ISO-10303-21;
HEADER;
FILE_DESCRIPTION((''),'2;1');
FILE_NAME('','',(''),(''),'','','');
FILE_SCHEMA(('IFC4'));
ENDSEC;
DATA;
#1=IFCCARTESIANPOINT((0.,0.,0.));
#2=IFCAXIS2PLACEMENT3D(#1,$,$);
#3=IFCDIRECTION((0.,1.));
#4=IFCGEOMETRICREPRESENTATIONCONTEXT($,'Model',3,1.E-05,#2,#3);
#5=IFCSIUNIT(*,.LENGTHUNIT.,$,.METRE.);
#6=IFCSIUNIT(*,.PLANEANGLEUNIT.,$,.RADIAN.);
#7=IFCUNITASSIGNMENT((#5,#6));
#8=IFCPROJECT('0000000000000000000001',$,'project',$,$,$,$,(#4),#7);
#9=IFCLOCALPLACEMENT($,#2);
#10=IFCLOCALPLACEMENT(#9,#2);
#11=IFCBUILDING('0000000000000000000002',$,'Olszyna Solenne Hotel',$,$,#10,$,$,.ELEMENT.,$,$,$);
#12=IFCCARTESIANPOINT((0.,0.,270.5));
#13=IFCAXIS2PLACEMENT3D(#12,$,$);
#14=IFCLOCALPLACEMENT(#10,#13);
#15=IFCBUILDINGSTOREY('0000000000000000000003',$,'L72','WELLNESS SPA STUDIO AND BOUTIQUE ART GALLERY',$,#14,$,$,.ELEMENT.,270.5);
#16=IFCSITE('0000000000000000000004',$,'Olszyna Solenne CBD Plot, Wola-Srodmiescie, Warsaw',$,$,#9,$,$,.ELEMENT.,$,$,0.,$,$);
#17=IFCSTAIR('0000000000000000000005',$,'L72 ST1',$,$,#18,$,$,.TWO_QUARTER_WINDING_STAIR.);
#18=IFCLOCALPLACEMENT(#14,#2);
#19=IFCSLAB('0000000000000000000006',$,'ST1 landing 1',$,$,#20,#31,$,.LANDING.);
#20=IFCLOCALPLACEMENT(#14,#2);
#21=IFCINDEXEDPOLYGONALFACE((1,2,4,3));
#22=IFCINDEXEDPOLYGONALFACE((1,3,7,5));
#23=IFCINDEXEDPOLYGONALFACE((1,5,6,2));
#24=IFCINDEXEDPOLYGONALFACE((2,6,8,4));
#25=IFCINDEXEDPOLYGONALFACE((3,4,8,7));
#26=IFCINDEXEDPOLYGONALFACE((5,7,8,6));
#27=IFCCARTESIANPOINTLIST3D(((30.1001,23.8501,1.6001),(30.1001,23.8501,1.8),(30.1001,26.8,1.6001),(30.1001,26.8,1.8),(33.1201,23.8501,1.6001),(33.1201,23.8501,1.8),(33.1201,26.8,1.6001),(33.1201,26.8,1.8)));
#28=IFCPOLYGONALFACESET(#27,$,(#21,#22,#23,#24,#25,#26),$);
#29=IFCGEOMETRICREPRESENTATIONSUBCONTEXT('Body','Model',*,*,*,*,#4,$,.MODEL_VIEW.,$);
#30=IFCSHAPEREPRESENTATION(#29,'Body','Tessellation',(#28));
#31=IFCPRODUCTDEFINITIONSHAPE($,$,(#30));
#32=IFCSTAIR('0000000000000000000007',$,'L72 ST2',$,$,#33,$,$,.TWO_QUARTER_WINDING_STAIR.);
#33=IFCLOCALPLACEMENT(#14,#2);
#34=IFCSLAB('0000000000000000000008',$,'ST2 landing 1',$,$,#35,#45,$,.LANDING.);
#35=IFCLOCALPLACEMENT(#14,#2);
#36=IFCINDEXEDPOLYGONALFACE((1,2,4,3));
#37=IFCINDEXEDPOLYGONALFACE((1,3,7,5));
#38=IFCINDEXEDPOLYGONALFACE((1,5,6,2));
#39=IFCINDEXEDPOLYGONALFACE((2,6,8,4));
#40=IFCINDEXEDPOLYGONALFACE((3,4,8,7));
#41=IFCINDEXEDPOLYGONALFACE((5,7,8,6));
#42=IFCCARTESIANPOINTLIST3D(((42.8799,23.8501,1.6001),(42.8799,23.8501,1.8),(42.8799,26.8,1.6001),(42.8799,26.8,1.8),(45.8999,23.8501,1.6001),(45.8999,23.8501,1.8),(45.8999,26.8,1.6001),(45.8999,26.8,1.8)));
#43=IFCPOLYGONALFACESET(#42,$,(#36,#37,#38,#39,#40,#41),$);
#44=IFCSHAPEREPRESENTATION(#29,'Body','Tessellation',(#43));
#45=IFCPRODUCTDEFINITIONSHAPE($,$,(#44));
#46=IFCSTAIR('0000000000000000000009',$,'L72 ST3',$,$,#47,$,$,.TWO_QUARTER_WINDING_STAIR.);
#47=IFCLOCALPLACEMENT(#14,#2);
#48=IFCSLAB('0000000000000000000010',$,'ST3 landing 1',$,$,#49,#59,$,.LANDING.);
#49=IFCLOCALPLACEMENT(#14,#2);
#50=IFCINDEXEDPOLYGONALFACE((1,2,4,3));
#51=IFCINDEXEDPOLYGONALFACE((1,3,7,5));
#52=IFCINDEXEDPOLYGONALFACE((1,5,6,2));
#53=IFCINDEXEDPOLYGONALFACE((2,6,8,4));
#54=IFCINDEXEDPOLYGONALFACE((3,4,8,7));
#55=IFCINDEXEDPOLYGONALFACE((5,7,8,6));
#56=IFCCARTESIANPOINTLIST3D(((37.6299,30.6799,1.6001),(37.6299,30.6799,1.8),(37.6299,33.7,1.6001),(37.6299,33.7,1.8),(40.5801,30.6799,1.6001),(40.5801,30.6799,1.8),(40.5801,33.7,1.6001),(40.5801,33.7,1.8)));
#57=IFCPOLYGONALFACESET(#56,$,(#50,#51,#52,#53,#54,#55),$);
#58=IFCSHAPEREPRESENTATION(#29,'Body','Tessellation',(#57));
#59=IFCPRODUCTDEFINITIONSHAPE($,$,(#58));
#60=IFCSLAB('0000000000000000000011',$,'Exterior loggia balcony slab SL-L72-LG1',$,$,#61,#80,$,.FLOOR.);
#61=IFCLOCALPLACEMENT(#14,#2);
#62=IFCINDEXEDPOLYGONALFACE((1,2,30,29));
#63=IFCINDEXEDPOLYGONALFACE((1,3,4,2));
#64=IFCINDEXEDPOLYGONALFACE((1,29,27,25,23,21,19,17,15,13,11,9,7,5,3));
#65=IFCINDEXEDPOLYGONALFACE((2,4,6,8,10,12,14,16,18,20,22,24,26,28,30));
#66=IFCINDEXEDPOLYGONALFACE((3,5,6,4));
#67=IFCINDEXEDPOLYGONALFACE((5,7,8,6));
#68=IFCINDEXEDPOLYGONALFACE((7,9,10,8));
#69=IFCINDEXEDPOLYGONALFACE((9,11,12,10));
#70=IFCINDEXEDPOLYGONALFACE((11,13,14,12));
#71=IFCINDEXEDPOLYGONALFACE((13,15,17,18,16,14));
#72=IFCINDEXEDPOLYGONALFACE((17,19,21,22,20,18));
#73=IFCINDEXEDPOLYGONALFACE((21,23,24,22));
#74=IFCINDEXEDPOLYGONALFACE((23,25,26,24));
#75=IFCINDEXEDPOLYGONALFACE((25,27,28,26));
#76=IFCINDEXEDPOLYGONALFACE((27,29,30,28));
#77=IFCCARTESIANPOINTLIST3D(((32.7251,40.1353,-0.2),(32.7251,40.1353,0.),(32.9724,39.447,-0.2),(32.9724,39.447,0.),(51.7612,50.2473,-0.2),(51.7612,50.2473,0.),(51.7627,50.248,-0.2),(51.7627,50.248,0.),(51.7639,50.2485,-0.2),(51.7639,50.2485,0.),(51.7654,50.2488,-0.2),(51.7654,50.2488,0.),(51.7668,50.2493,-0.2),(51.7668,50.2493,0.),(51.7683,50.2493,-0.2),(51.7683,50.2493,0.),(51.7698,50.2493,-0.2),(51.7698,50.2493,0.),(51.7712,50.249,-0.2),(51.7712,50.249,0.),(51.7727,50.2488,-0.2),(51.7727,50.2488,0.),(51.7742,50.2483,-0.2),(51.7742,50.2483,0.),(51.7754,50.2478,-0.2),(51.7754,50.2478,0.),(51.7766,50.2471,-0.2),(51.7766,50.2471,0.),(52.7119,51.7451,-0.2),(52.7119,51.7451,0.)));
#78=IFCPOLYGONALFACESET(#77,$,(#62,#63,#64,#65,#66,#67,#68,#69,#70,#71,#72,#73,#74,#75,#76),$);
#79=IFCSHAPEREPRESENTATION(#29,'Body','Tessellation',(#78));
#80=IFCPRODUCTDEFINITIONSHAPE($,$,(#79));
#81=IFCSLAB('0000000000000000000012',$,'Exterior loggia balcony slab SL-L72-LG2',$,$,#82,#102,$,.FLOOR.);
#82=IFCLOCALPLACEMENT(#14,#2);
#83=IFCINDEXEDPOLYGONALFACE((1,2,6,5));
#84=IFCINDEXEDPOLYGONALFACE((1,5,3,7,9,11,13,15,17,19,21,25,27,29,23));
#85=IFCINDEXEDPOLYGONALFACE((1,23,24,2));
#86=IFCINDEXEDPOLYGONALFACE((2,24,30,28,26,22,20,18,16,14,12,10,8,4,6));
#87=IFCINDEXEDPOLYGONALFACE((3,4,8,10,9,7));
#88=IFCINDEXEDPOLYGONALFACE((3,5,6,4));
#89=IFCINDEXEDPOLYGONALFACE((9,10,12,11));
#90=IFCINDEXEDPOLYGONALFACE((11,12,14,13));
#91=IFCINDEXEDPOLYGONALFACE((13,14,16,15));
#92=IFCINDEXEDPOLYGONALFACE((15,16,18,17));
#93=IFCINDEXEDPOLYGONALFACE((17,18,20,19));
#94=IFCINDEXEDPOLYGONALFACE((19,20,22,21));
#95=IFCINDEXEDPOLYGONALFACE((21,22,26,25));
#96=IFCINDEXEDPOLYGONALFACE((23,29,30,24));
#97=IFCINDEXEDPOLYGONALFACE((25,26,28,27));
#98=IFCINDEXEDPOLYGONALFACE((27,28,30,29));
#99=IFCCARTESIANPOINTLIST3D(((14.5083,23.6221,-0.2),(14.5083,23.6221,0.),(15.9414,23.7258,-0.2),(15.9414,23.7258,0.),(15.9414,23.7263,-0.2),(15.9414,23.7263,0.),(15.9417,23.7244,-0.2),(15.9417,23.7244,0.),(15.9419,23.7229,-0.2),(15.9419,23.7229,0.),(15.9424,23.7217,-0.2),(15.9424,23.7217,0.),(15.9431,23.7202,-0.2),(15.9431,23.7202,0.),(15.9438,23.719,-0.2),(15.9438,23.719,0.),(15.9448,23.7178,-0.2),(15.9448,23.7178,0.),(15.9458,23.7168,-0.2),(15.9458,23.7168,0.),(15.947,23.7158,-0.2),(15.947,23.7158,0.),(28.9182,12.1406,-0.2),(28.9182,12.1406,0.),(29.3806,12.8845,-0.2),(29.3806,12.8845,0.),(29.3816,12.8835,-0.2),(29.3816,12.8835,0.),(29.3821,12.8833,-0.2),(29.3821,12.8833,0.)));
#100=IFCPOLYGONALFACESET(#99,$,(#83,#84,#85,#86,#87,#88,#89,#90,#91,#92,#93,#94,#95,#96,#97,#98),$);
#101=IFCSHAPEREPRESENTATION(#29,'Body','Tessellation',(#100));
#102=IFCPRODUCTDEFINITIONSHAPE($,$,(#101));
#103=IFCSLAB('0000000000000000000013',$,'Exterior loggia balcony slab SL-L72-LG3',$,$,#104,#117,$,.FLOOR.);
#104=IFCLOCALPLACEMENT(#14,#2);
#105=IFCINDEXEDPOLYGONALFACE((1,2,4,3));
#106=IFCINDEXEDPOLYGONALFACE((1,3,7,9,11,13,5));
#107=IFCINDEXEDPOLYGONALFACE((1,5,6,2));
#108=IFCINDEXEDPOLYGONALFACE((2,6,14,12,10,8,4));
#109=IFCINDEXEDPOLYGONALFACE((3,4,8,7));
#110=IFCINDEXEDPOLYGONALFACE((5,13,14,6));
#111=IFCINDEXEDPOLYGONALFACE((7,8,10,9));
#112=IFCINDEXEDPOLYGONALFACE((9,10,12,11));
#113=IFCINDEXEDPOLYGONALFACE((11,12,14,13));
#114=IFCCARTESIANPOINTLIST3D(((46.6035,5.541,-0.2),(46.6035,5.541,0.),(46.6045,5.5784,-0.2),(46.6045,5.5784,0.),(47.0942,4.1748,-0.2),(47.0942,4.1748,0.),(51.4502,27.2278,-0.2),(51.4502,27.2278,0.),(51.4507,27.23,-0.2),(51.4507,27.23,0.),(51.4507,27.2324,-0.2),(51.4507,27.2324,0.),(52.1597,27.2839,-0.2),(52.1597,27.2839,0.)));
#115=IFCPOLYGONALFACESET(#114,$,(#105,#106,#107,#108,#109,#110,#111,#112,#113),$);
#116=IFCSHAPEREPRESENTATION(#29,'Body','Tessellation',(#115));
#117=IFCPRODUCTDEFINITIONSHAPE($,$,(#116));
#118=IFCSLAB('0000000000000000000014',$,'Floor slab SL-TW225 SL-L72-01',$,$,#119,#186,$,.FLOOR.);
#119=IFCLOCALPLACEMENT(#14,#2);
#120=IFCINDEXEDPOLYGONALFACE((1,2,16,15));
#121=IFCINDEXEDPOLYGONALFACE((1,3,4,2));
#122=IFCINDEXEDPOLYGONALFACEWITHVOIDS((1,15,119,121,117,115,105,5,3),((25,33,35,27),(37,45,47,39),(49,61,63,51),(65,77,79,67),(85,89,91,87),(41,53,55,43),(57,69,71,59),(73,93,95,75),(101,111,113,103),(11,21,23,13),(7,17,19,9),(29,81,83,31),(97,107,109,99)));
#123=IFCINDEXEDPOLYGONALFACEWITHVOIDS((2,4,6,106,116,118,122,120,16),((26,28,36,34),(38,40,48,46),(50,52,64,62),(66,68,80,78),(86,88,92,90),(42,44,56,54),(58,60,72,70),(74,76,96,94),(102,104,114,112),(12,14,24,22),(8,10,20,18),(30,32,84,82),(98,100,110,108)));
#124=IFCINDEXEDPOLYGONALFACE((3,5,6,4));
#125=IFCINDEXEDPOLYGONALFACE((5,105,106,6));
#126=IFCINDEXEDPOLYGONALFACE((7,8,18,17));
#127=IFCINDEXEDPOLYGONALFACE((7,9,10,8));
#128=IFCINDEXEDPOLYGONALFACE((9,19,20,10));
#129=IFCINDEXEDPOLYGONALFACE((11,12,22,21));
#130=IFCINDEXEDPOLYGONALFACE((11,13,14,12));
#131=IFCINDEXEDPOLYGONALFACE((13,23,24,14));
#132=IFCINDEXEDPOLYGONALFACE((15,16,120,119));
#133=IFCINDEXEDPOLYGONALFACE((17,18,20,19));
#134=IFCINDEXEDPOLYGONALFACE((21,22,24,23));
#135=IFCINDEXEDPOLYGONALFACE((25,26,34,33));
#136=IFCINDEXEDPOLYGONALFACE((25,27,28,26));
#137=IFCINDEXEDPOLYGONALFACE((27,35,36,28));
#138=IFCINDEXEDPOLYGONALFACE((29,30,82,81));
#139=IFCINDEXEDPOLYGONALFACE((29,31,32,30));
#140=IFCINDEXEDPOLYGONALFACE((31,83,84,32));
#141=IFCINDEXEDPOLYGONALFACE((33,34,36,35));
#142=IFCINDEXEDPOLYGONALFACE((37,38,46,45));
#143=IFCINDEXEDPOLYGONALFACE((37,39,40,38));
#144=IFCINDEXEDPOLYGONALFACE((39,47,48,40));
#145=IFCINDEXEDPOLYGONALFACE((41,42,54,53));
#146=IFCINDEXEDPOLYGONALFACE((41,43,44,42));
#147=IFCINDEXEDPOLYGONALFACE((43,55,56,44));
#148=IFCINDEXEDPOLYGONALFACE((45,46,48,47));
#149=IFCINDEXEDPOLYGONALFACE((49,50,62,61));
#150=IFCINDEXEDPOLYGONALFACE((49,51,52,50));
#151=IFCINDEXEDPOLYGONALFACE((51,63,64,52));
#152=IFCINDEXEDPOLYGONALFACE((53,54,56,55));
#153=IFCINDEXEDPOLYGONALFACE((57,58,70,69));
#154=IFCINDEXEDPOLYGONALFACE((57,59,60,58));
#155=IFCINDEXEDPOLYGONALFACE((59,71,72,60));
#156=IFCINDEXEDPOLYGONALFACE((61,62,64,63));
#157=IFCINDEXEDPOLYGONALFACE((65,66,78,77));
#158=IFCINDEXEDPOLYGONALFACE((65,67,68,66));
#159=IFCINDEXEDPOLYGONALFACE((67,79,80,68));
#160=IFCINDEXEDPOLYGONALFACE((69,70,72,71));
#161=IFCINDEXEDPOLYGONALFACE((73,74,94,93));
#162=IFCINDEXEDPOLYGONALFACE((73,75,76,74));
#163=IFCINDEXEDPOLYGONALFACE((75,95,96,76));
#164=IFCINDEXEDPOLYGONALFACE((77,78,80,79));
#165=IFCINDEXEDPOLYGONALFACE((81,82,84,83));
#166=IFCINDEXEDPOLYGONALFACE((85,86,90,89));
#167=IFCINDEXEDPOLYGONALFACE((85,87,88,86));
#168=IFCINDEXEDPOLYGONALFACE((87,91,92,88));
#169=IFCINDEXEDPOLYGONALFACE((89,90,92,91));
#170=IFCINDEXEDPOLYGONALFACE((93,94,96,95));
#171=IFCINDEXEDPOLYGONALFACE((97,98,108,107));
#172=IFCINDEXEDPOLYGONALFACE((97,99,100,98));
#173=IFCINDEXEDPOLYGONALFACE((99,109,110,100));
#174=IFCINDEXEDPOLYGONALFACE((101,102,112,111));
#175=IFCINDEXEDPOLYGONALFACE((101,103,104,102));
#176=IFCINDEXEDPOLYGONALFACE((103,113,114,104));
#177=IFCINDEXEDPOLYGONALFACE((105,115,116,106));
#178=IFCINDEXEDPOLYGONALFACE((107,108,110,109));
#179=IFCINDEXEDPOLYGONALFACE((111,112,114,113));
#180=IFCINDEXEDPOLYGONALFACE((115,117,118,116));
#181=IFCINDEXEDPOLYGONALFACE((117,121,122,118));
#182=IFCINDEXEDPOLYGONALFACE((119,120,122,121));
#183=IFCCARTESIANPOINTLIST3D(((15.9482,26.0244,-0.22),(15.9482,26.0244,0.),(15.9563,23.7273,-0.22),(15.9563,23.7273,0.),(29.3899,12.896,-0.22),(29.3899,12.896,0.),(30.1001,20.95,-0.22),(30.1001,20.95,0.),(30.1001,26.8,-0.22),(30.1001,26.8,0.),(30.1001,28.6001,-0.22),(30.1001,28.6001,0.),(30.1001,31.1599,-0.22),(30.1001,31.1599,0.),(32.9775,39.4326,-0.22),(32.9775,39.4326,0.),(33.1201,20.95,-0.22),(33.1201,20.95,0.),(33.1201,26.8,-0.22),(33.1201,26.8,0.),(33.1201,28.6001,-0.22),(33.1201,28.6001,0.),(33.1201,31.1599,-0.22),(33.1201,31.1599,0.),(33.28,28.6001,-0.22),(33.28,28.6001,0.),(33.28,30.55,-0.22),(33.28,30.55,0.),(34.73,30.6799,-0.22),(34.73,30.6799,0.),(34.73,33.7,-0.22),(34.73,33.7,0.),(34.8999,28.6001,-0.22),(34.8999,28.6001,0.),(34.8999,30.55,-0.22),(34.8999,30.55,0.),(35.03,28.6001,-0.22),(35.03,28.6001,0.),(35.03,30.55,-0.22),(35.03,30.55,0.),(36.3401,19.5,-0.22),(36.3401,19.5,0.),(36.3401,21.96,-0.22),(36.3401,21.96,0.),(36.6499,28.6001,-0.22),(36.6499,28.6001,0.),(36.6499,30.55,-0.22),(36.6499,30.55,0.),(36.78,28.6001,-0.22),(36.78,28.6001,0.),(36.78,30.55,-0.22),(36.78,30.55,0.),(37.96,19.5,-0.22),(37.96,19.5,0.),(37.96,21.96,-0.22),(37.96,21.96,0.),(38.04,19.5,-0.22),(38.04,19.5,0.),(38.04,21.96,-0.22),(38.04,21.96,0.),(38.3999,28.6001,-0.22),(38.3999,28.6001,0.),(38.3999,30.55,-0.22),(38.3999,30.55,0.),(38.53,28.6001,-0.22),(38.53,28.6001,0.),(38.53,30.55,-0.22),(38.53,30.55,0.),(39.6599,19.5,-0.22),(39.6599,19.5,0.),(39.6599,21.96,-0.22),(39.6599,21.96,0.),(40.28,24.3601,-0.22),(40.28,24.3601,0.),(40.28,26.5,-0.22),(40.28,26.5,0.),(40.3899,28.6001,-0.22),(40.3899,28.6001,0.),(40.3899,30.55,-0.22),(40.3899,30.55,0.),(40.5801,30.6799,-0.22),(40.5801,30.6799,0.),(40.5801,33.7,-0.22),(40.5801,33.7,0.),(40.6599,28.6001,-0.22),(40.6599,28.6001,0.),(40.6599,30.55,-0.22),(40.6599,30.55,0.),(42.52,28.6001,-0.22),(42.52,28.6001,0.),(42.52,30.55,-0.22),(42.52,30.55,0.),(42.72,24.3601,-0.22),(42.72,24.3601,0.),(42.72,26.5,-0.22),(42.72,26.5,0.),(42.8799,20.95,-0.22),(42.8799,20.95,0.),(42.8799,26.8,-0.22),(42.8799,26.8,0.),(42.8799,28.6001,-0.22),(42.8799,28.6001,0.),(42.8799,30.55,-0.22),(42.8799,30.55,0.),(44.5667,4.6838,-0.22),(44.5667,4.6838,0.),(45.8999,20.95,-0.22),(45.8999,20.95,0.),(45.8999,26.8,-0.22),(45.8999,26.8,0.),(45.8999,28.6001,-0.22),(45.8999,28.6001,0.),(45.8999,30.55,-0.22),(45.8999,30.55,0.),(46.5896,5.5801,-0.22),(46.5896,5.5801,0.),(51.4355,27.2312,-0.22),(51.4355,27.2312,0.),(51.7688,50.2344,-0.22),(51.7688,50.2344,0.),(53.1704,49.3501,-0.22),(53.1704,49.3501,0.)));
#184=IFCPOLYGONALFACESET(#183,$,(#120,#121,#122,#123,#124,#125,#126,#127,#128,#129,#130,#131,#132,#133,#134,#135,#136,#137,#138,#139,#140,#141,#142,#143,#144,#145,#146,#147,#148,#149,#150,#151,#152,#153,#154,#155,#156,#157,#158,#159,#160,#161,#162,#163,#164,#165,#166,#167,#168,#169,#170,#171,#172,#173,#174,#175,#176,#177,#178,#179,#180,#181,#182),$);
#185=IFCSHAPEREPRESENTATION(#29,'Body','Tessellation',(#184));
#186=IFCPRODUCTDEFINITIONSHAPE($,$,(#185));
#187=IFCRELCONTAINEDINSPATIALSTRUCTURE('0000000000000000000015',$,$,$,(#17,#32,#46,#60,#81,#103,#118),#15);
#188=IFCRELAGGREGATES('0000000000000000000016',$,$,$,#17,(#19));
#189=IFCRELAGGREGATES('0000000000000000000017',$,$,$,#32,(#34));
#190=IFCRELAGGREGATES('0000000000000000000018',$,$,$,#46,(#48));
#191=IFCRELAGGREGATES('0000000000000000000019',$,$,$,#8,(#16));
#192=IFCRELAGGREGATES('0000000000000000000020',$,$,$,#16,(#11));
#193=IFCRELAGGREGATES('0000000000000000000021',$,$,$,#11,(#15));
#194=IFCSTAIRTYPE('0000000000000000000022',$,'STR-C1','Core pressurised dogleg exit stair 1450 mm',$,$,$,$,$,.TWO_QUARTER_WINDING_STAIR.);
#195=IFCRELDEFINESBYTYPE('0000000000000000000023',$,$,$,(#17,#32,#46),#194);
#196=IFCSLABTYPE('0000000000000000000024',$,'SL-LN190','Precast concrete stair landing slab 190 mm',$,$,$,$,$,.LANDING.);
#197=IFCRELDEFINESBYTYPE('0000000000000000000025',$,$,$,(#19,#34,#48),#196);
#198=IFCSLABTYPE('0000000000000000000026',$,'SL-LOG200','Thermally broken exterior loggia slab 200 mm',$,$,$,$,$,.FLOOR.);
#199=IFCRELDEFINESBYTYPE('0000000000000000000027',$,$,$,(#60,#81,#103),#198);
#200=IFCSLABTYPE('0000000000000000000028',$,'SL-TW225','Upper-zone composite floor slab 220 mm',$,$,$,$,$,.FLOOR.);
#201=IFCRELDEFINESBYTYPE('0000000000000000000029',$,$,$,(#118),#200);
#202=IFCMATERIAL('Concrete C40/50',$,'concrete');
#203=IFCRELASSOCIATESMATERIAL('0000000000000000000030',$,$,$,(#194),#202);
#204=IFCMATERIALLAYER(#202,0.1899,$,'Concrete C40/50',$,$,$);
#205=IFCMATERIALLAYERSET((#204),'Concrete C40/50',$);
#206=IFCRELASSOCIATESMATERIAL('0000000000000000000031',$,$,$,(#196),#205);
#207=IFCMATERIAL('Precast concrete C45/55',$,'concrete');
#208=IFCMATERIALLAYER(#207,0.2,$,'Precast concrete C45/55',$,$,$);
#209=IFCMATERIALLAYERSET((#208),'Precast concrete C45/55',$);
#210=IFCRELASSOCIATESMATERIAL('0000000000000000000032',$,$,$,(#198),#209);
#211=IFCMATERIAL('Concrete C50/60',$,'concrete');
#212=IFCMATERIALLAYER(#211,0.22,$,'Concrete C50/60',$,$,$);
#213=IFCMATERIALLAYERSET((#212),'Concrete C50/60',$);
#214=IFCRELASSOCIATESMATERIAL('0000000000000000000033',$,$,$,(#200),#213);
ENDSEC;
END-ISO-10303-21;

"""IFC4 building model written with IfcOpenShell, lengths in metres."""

from ifc_helpers import new_model, si_unit, direction, frame, origin, place, context, subcontext, project, spatial, polyline, outline, extrude, material, layer, layer_set, type_object, element, aggregate, save


model = new_model("IFC4")

# Units and contexts
model_context = context("Model", 3, precision=1e-05, world=origin(), true_north=direction((0.0, 1.0)))
body_context = subcontext(model_context, "Body", "Model", "MODEL_VIEW")
ifc_project = project(units=[si_unit("LENGTHUNIT", "METRE"), si_unit("PLANEANGLEUNIT", "RADIAN")], contexts=[model_context])

# Site, building, storey
site_placement = place(None, origin())
site = spatial("IfcSite", under=ifc_project, at=site_placement, Name="Olszyna Solenne CBD Plot, Wola-Srodmiescie, Warsaw", CompositionType="ELEMENT", RefElevation=0.0)
building_placement = place(site_placement, origin())
building = spatial("IfcBuilding", under=site, at=building_placement, Name="Olszyna Solenne Hotel", CompositionType="ELEMENT")
storey_placement = place(building_placement, frame((0.0, 0.0, 270.5)))
storey = spatial("IfcBuildingStorey", under=building, at=storey_placement, Name="L72", Description="WELLNESS SPA STUDIO AND BOUTIQUE ART GALLERY", CompositionType="ELEMENT", Elevation=270.5)

# Stairs, slabs
ifc_material_1 = material(Name="Concrete C40/50", Category="concrete")
stair_type = type_object("IfcStairType", Name="STR-C1", Description="Core pressurised dogleg exit stair 1450 mm", PredefinedType="TWO_QUARTER_WINDING_STAIR", material=ifc_material_1)
stair_1_placement = place(storey_placement, origin())
stair_1 = element("IfcStair", 1, at=stair_1_placement, inside=storey, type_object=stair_type, Name="L72 ST1", PredefinedType="TWO_QUARTER_WINDING_STAIR")
ifc_layer_1 = layer(ifc_material_1, 0.1899, Name="Concrete C40/50")
ifc_layer_set_1 = layer_set([ifc_layer_1], Name="Concrete C40/50")
slab_type_1 = type_object("IfcSlabType", Name="SL-LN190", Description="Precast concrete stair landing slab 190 mm", PredefinedType="LANDING", material=ifc_layer_set_1)
slab_1_placement = place(storey_placement, frame((0.0, 0.0, 1.6001)))
slab_1 = element("IfcSlab", 2, at=slab_1_placement, type_object=slab_type_1, Name="ST1 landing 1", PredefinedType="LANDING", context=body_context, shape_type="SweptSolid", body=[
    extrude(outline(polyline([(33.1201, 23.8501), (33.1201, 26.8), (30.1001, 26.8), (30.1001, 23.8501), (33.1201, 23.8501)])), origin(), (0.0, 0.0, 1.0), 0.2),
])
aggregate(stair_1, [slab_1])
stair_2_placement = place(storey_placement, origin())
stair_2 = element("IfcStair", 3, at=stair_2_placement, inside=storey, type_object=stair_type, Name="L72 ST2", PredefinedType="TWO_QUARTER_WINDING_STAIR")
slab_2_placement = place(storey_placement, frame((0.0, 0.0, 1.6001)))
slab_2 = element("IfcSlab", 4, at=slab_2_placement, type_object=slab_type_1, Name="ST2 landing 1", PredefinedType="LANDING", context=body_context, shape_type="SweptSolid", body=[
    extrude(outline(polyline([(45.8999, 23.8501), (45.8999, 26.8), (42.8799, 26.8), (42.8799, 23.8501), (45.8999, 23.8501)])), origin(), (0.0, 0.0, 1.0), 0.2),
])
aggregate(stair_2, [slab_2])
stair_3_placement = place(storey_placement, origin())
stair_3 = element("IfcStair", 5, at=stair_3_placement, inside=storey, type_object=stair_type, Name="L72 ST3", PredefinedType="TWO_QUARTER_WINDING_STAIR")
slab_3_placement = place(storey_placement, frame((0.0, 0.0, 1.6001)))
slab_3 = element("IfcSlab", 6, at=slab_3_placement, type_object=slab_type_1, Name="ST3 landing 1", PredefinedType="LANDING", context=body_context, shape_type="SweptSolid", body=[
    extrude(outline(polyline([(37.6299, 30.6799), (40.5801, 30.6799), (40.5801, 33.7), (37.6299, 33.7), (37.6299, 30.6799)])), origin(), (0.0, 0.0, 1.0), 0.2),
])
aggregate(stair_3, [slab_3])

# Slabs
ifc_material_2 = material(Name="Precast concrete C45/55", Category="concrete")
ifc_layer_2 = layer(ifc_material_2, 0.2, Name="Precast concrete C45/55")
ifc_layer_set_2 = layer_set([ifc_layer_2], Name="Precast concrete C45/55")
slab_type_2 = type_object("IfcSlabType", Name="SL-LOG200", Description="Thermally broken exterior loggia slab 200 mm", PredefinedType="FLOOR", material=ifc_layer_set_2)
slab_4_placement = place(storey_placement, frame((0.0, 0.0, -0.2)))
element("IfcSlab", 7, at=slab_4_placement, inside=storey, type_object=slab_type_2, Name="Exterior loggia balcony slab SL-L72-LG1", PredefinedType="FLOOR", context=body_context, shape_type="SweptSolid", body=[
    extrude(outline(polyline([(32.9724, 39.447), (51.7612, 50.2473), (51.7627, 50.248), (51.7639, 50.2485), (51.7654, 50.2488), (51.7668, 50.2493), (51.7683, 50.2493), (51.7698, 50.2493), (51.7712, 50.249), (51.7727, 50.2488), (51.7742, 50.2483), (51.7754, 50.2478), (51.7766, 50.2471), (52.7119, 51.7451), (32.7251, 40.1353), (32.9724, 39.447)])), origin(), (0.0, 0.0, 1.0), 0.2),
])
slab_5_placement = place(storey_placement, frame((0.0, 0.0, -0.2)))
element("IfcSlab", 8, at=slab_5_placement, inside=storey, type_object=slab_type_2, Name="Exterior loggia balcony slab SL-L72-LG2", PredefinedType="FLOOR", context=body_context, shape_type="SweptSolid", body=[
    extrude(outline(polyline([(29.3821, 12.8833), (29.3816, 12.8835), (29.3806, 12.8845), (15.947, 23.7158), (15.9458, 23.7168), (15.9448, 23.7178), (15.9438, 23.719), (15.9431, 23.7202), (15.9424, 23.7217), (15.9419, 23.7229), (15.9417, 23.7244), (15.9414, 23.7258), (15.9414, 23.7263), (14.5083, 23.6221), (28.9182, 12.1406), (29.3821, 12.8833)])), origin(), (0.0, 0.0, 1.0), 0.2),
])
slab_6_placement = place(storey_placement, frame((0.0, 0.0, -0.2)))
element("IfcSlab", 9, at=slab_6_placement, inside=storey, type_object=slab_type_2, Name="Exterior loggia balcony slab SL-L72-LG3", PredefinedType="FLOOR", context=body_context, shape_type="SweptSolid", body=[
    extrude(outline(polyline([(51.4507, 27.2324), (51.4507, 27.23), (51.4502, 27.2278), (46.6045, 5.5784), (46.6035, 5.541), (47.0942, 4.1748), (52.1597, 27.2839), (51.4507, 27.2324)])), origin(), (0.0, 0.0, 1.0), 0.2),
])
ifc_material_3 = material(Name="Concrete C50/60", Category="concrete")
ifc_layer_3 = layer(ifc_material_3, 0.22, Name="Concrete C50/60")
ifc_layer_set_3 = layer_set([ifc_layer_3], Name="Concrete C50/60")
slab_type_3 = type_object("IfcSlabType", Name="SL-TW225", Description="Upper-zone composite floor slab 220 mm", PredefinedType="FLOOR", material=ifc_layer_set_3)
slab_7_placement = place(storey_placement, frame((0.0, 0.0, -0.22)))
element("IfcSlab", 10, at=slab_7_placement, inside=storey, type_object=slab_type_3, Name="Floor slab SL-TW225 SL-L72-01", PredefinedType="FLOOR", context=body_context, shape_type="SweptSolid", body=[
    extrude(outline(polyline([(53.1704, 49.3501), (51.7688, 50.2344), (32.9775, 39.4326), (15.9482, 26.0244), (15.9563, 23.7273), (29.3899, 12.896), (44.5667, 4.6838), (46.5896, 5.5801), (51.4355, 27.2312), (53.1704, 49.3501)]), holes=[polyline([(30.1001, 20.95), (33.1201, 20.95), (33.1201, 26.8), (30.1001, 26.8), (30.1001, 20.95)]), polyline([(42.8799, 20.95), (45.8999, 20.95), (45.8999, 26.8), (42.8799, 26.8), (42.8799, 20.95)]), polyline([(34.73, 30.6799), (40.5801, 30.6799), (40.5801, 33.7), (34.73, 33.7), (34.73, 30.6799)]), polyline([(36.3401, 19.5), (37.96, 19.5), (37.96, 21.96), (36.3401, 21.96), (36.3401, 19.5)]), polyline([(38.04, 19.5), (39.6599, 19.5), (39.6599, 21.96), (38.04, 21.96), (38.04, 19.5)]), polyline([(30.1001, 28.6001), (33.1201, 28.6001), (33.1201, 31.1599), (30.1001, 31.1599), (30.1001, 28.6001)]), polyline([(40.28, 24.3601), (42.72, 24.3601), (42.72, 26.5), (40.28, 26.5), (40.28, 24.3601)]), polyline([(33.28, 28.6001), (34.8999, 28.6001), (34.8999, 30.55), (33.28, 30.55), (33.28, 28.6001)]), polyline([(35.03, 28.6001), (36.6499, 28.6001), (36.6499, 30.55), (35.03, 30.55), (35.03, 28.6001)]), polyline([(36.78, 28.6001), (38.3999, 28.6001), (38.3999, 30.55), (36.78, 30.55), (36.78, 28.6001)]), polyline([(38.53, 28.6001), (40.3899, 28.6001), (40.3899, 30.55), (38.53, 30.55), (38.53, 28.6001)]), polyline([(40.6599, 28.6001), (42.52, 28.6001), (42.52, 30.55), (40.6599, 30.55), (40.6599, 28.6001)]), polyline([(42.8799, 28.6001), (45.8999, 28.6001), (45.8999, 30.55), (42.8799, 30.55), (42.8799, 28.6001)])]), origin(), (0.0, 0.0, 1.0), 0.22),
])

save(model, "model.ifc")
